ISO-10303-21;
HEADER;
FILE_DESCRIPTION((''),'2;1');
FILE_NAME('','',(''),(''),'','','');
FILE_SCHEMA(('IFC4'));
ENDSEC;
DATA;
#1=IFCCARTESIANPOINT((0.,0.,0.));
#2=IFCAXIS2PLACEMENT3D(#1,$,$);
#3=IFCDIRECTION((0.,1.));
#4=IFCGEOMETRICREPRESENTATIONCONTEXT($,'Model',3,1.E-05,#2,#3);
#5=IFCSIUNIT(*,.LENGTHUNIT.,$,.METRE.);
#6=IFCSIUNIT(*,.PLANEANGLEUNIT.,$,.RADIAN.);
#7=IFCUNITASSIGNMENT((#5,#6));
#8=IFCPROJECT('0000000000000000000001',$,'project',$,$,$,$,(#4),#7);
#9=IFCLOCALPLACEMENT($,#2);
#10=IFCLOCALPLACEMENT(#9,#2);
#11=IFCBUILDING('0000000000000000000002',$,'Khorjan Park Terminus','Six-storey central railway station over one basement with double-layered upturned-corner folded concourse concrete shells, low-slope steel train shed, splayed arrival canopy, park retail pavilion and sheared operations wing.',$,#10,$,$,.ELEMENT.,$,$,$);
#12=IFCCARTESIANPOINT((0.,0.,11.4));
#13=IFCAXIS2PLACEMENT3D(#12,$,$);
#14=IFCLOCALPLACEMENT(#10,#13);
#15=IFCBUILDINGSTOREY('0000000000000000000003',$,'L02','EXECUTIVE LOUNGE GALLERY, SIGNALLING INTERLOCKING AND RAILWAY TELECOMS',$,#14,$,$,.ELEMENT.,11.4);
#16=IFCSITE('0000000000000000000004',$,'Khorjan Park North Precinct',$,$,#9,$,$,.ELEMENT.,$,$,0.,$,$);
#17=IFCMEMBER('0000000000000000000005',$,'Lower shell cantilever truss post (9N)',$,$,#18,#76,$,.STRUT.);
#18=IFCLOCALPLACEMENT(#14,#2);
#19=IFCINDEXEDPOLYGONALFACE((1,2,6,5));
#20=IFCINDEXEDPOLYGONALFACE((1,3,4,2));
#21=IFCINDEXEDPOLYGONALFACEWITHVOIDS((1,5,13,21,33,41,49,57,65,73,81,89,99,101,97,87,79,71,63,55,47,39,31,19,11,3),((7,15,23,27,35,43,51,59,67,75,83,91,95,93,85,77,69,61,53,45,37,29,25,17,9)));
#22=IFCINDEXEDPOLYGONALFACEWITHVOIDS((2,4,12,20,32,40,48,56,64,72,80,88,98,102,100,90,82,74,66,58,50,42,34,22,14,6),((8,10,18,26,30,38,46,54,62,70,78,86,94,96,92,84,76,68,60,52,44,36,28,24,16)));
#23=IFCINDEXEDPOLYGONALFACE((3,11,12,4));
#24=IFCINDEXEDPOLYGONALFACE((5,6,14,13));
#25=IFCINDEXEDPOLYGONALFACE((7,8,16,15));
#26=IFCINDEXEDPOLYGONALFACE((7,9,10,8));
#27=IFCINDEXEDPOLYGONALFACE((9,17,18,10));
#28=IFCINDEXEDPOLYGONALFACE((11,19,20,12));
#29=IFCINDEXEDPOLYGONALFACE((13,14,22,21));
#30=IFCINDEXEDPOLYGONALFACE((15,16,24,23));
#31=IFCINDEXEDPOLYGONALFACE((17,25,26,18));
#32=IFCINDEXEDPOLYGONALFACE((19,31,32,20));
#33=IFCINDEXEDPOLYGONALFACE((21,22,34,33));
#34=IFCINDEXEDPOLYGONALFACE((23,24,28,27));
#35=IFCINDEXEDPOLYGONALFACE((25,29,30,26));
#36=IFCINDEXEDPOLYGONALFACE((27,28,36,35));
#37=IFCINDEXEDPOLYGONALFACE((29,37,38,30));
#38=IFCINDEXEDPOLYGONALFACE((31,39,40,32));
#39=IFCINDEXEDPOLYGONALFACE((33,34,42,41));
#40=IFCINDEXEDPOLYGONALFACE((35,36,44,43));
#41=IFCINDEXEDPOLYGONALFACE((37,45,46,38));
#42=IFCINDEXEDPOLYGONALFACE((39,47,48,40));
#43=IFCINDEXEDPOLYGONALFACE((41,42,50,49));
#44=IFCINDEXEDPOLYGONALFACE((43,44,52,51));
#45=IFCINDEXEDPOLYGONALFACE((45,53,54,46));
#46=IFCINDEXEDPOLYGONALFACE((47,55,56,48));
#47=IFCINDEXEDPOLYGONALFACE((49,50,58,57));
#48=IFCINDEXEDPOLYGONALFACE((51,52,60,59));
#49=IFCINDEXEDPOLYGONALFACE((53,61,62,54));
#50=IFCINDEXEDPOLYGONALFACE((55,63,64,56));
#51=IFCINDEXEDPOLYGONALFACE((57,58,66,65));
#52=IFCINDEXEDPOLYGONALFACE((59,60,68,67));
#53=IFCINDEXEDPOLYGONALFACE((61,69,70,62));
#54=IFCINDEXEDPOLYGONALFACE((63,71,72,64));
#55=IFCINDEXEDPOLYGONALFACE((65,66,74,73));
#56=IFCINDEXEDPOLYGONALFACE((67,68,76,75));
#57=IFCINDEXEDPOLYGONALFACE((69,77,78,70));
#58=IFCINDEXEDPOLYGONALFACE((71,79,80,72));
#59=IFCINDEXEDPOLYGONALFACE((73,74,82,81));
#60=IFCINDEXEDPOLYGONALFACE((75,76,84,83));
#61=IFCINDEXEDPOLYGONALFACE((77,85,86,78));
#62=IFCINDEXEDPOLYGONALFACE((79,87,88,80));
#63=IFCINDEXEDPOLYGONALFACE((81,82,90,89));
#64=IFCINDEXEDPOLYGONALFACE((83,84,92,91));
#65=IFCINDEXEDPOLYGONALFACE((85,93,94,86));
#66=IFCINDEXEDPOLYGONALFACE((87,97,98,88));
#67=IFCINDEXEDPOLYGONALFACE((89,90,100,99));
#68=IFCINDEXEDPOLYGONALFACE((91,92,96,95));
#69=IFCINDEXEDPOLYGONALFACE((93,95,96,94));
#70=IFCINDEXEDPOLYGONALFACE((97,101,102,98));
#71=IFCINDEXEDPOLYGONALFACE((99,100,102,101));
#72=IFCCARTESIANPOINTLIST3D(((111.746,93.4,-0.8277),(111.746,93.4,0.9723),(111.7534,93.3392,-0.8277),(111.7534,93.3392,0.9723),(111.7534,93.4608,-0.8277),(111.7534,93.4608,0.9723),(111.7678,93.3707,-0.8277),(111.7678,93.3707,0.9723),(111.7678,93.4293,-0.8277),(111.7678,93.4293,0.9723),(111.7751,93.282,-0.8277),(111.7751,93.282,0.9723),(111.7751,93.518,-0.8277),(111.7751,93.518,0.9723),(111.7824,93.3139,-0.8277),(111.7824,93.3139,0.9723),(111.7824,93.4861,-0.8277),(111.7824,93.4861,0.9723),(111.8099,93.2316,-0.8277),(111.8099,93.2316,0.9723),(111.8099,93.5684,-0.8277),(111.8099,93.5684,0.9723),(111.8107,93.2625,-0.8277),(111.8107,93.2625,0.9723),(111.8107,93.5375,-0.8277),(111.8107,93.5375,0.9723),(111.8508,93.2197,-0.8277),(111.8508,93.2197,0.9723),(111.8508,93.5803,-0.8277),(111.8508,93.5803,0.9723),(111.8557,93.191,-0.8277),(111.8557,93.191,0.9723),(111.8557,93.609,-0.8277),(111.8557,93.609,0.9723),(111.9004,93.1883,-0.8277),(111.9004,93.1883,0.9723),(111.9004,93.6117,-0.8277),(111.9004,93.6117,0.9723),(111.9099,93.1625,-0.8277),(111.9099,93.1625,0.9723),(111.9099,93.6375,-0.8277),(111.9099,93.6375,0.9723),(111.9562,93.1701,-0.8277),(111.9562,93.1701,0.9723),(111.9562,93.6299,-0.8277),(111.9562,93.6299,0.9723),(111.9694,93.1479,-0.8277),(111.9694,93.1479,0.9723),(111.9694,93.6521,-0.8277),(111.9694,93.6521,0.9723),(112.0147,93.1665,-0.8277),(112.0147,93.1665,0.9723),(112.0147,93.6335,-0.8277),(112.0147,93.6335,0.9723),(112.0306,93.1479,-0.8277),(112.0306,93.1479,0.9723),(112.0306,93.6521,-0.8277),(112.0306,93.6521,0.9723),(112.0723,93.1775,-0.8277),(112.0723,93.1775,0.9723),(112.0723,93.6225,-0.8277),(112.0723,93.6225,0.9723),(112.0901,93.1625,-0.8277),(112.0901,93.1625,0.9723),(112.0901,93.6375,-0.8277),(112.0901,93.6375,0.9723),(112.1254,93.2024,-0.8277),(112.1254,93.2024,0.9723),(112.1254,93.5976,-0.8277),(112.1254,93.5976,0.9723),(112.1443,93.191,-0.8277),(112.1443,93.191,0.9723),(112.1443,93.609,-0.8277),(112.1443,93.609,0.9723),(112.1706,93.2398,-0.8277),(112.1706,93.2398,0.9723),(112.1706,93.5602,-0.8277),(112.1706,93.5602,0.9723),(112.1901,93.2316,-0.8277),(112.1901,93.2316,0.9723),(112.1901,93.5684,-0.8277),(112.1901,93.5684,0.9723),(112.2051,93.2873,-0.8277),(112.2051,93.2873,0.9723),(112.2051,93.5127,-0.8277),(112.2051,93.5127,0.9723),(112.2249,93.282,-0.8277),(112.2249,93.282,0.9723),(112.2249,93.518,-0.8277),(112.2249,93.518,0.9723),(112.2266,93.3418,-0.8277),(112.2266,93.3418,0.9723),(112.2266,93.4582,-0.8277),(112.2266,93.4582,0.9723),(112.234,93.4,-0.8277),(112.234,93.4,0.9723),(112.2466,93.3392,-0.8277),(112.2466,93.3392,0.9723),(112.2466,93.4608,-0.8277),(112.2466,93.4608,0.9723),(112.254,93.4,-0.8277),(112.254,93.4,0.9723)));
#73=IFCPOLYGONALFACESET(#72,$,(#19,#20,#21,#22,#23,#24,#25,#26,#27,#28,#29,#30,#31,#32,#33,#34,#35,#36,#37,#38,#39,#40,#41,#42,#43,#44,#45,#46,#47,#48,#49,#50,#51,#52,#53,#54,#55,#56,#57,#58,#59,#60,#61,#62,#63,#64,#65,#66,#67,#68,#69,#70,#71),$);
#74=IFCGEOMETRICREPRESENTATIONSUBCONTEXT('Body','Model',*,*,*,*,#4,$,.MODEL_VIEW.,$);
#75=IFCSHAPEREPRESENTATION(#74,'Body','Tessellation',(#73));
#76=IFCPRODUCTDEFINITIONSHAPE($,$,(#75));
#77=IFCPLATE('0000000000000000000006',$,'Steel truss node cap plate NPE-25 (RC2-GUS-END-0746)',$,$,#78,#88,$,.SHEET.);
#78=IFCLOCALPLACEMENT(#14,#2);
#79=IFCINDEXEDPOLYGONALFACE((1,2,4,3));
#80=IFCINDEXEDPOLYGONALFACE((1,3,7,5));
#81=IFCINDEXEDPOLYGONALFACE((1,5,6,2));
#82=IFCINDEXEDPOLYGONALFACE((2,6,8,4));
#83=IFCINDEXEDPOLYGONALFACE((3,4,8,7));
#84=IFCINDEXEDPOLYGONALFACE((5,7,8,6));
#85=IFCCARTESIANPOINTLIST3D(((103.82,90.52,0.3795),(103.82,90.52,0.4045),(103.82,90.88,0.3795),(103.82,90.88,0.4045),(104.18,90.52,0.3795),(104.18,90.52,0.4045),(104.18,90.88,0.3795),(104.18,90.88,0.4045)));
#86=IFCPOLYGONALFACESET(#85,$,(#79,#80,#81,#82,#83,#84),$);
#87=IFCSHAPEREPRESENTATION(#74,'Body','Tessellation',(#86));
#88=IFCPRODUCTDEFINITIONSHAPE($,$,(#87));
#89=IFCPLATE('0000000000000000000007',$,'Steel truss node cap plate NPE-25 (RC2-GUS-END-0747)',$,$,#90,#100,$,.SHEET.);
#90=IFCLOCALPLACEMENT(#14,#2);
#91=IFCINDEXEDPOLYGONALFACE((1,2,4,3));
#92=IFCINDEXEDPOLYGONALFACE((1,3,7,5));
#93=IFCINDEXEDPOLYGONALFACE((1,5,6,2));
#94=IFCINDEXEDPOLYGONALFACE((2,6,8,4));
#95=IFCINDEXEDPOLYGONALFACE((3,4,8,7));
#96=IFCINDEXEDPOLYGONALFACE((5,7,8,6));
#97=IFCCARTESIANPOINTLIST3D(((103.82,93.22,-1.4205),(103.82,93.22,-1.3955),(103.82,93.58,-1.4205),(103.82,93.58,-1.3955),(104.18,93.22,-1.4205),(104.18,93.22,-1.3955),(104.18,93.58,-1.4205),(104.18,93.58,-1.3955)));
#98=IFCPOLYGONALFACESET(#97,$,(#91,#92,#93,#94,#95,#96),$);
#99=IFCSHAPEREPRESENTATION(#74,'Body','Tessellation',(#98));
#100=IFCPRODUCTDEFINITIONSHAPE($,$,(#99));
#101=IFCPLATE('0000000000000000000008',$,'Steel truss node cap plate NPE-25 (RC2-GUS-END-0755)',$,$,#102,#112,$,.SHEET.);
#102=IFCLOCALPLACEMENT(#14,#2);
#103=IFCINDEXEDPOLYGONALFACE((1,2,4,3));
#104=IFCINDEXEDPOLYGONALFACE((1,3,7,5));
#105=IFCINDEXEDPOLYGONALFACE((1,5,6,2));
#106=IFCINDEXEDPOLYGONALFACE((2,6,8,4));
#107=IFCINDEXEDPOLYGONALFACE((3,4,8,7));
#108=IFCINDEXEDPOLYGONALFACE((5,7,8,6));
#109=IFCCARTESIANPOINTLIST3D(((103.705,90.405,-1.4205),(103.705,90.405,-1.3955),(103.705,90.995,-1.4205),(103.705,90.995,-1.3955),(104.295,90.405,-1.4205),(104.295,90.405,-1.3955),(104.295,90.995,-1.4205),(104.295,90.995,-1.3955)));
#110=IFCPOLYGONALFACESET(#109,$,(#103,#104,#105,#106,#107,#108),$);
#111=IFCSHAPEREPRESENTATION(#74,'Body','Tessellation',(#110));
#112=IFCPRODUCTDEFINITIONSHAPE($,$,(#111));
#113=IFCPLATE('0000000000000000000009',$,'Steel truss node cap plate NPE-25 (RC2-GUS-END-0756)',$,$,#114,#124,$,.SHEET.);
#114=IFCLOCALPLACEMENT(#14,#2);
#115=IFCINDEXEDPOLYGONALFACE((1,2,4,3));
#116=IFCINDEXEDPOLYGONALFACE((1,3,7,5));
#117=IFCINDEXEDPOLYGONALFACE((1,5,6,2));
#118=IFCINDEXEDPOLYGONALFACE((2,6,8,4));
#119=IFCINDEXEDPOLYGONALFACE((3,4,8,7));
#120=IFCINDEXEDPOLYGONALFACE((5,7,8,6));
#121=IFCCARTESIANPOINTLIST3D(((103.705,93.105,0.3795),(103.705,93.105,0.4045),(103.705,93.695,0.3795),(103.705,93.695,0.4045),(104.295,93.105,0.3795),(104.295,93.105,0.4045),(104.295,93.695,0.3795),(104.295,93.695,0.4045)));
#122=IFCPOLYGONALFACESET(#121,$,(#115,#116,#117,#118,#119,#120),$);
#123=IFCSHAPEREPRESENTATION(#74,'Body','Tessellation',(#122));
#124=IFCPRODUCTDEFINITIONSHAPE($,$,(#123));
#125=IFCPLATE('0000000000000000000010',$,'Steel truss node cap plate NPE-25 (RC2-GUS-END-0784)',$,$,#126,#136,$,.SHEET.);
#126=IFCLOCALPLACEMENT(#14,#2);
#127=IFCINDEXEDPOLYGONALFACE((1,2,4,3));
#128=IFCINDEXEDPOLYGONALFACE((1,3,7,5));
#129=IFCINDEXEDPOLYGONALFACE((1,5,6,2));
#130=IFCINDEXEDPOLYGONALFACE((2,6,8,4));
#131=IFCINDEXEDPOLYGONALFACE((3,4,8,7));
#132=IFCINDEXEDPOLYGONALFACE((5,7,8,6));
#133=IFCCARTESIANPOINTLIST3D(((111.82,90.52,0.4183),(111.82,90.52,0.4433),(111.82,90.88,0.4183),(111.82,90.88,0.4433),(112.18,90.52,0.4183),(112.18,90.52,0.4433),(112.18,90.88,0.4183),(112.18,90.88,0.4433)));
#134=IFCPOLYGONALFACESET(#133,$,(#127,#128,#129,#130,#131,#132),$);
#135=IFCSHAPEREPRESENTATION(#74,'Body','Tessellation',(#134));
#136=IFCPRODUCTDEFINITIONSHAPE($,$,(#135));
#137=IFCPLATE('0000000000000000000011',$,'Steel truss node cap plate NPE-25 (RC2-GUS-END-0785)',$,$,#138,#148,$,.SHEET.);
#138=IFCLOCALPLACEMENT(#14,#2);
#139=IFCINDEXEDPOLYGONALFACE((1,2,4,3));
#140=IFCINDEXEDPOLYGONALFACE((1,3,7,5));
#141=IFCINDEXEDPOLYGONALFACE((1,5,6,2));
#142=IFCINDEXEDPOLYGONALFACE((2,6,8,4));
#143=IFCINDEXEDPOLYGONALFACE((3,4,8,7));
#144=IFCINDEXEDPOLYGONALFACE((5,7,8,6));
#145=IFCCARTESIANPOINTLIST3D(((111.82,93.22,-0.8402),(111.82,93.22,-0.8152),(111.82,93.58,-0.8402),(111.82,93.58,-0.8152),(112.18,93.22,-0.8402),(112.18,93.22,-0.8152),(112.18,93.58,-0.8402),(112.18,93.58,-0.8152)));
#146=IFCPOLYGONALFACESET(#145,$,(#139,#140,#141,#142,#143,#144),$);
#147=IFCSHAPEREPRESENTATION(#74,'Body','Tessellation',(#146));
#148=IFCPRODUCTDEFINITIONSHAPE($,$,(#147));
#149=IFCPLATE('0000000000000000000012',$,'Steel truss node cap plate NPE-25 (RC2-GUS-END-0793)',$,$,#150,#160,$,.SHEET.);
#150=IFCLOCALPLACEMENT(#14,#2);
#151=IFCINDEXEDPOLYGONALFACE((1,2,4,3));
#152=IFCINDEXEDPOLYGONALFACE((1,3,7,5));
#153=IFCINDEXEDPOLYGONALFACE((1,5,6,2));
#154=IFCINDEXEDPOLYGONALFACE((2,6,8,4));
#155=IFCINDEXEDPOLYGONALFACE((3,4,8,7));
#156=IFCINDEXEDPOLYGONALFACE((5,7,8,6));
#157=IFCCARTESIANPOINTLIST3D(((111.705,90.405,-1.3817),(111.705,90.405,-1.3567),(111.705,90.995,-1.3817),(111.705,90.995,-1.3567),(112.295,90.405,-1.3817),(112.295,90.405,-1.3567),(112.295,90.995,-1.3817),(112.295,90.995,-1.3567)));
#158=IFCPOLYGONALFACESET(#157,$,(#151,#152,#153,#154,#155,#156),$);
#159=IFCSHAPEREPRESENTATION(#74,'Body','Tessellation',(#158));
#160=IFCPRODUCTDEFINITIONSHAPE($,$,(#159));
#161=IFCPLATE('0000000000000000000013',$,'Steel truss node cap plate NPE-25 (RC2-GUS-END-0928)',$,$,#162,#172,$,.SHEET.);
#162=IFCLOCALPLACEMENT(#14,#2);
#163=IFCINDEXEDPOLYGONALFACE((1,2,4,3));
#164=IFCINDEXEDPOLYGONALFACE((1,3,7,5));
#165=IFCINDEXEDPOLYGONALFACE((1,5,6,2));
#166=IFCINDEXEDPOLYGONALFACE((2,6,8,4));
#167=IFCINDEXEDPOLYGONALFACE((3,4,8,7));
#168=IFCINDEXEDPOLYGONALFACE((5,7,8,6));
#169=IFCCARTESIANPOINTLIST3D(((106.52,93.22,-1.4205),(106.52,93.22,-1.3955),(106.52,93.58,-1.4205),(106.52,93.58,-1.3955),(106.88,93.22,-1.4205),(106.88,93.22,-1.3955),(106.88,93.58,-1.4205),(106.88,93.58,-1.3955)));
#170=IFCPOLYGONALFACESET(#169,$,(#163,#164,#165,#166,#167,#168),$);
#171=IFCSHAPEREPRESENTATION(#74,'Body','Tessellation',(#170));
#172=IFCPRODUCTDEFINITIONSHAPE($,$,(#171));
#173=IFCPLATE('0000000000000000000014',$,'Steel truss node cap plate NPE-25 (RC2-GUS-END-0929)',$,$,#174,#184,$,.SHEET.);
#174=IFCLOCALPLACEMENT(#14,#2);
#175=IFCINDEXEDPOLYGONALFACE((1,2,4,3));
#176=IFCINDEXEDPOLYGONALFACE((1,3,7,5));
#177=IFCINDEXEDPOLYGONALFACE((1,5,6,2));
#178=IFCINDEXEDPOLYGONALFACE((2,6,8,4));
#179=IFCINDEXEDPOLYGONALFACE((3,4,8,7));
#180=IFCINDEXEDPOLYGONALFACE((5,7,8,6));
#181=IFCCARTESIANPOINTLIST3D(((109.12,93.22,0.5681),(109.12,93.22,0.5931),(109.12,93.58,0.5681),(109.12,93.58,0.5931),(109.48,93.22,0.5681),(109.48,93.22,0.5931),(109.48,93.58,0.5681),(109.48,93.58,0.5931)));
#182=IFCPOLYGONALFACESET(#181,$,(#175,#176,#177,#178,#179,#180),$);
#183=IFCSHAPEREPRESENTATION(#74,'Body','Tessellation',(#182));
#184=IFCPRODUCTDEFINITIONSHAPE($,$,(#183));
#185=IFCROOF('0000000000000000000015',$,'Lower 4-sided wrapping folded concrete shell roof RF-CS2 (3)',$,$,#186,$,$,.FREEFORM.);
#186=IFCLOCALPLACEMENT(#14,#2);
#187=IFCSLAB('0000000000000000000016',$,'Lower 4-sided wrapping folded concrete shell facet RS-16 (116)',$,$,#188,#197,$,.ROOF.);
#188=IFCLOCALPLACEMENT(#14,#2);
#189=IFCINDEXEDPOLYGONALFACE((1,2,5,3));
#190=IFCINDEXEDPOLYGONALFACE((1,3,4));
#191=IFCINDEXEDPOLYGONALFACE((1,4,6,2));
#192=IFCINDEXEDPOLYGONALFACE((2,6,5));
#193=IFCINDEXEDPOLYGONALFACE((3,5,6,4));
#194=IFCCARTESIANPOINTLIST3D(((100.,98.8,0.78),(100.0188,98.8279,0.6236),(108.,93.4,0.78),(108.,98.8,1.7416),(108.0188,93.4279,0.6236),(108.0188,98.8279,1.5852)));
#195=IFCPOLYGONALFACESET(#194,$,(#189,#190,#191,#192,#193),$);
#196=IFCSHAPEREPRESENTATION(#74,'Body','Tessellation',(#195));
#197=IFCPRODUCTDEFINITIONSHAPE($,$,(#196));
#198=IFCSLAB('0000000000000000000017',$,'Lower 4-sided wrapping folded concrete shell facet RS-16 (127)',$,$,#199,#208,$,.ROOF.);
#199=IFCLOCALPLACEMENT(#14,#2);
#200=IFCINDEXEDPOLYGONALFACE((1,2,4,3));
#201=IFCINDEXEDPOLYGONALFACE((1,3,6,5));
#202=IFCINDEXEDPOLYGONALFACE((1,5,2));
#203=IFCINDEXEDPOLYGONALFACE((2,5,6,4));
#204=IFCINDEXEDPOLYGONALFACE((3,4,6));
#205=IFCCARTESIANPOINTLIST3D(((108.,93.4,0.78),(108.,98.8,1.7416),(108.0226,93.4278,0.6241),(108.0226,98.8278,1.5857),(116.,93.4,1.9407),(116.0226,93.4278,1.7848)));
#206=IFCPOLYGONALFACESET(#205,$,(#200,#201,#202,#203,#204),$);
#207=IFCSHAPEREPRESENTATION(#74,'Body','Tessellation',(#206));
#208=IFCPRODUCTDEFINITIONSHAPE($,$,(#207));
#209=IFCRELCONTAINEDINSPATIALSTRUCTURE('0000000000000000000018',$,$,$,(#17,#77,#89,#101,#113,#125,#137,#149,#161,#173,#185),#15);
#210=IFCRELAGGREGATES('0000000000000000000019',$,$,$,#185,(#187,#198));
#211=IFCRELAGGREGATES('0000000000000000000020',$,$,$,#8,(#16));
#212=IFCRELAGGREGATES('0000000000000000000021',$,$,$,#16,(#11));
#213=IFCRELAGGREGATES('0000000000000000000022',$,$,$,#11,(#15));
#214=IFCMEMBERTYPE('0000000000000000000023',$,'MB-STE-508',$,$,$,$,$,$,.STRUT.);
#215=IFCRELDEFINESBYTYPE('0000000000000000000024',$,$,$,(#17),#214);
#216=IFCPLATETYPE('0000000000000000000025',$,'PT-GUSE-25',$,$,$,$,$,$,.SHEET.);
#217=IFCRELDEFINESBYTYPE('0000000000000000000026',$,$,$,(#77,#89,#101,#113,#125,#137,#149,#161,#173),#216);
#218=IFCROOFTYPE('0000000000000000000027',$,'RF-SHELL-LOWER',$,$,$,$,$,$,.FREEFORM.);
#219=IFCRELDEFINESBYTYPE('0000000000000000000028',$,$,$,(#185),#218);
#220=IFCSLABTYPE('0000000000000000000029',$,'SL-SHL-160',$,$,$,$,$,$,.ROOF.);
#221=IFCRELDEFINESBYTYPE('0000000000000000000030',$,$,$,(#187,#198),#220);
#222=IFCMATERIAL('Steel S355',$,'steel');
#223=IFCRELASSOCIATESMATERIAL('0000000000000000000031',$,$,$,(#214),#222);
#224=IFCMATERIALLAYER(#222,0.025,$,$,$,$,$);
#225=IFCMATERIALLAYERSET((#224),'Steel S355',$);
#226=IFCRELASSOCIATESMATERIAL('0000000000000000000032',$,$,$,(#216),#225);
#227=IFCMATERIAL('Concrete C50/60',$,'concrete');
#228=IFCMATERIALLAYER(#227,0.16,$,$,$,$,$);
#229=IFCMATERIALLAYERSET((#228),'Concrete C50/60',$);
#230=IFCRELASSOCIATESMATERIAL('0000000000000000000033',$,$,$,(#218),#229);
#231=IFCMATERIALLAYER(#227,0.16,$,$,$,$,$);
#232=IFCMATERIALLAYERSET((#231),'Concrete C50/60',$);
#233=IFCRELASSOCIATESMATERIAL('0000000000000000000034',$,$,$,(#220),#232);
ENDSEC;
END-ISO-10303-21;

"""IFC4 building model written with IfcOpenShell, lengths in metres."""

from ifc_helpers import new_model, si_unit, direction, frame, origin, origin_2d, place, context, subcontext, project, spatial, polyline, rectangle, hollow_circle, outline, extrude, material, layer, layer_set, material_profile, profile_set, type_object, element, aggregate, save


model = new_model("IFC4")

# Units and contexts
model_context = context("Model", 3, precision=1e-05, world=origin(), true_north=direction((0.0, 1.0)))
body_context = subcontext(model_context, "Body", "Model", "MODEL_VIEW")
ifc_project = project(units=[si_unit("LENGTHUNIT", "METRE"), si_unit("PLANEANGLEUNIT", "RADIAN")], contexts=[model_context])

# Site, building, storey
site_placement = place(None, origin())
site = spatial("IfcSite", under=ifc_project, at=site_placement, Name="Khorjan Park North Precinct", CompositionType="ELEMENT", RefElevation=0.0)
building_placement = place(site_placement, origin())
building = spatial("IfcBuilding", under=site, at=building_placement, Name="Khorjan Park Terminus", Description="Six-storey central railway station over one basement with double-layered upturned-corner folded concourse concrete shells, low-slope steel train shed, splayed arrival canopy, park retail pavilion and sheared operations wing.", CompositionType="ELEMENT")
storey_placement = place(building_placement, frame((0.0, 0.0, 11.4)))
storey = spatial("IfcBuildingStorey", under=building, at=storey_placement, Name="L02", Description="EXECUTIVE LOUNGE GALLERY, SIGNALLING INTERLOCKING AND RAILWAY TELECOMS", CompositionType="ELEMENT", Elevation=11.4)

# Member
ifc_material_1 = material(Name="Steel S355", Category="steel")
ifc_material_profile_1 = material_profile(ifc_material_1, hollow_circle(Radius=0.254, WallThickness=0.02, at=origin_2d()), Name="CHS 508x20")
ifc_profile_set_1 = profile_set([ifc_material_profile_1], Name="Steel S355")
member_type_1 = type_object("IfcMemberType", Name="MB-STE-508", PredefinedType="STRUT", material=ifc_profile_set_1)
for number, where, z_axis, x_axis, name in (
    (1, (112.0, 93.4, -0.8277), (0.0, 0.0, 1.0), (1.0, 0.0, 0.0), "Lower shell cantilever truss post (9N)"),
):
    element("IfcMember", number, at=place(storey_placement, frame(where, z_axis=z_axis, x_axis=x_axis)), inside=storey, type_object=member_type_1, Name=name, PredefinedType="STRUT", context=body_context, shape_type="SweptSolid", body=[
        extrude(hollow_circle(Radius=0.254, WallThickness=0.02, at=origin_2d()), origin(), (0.0, 0.0, 1.0), 1.8),
    ])

# Plates
ifc_layer_1 = layer(ifc_material_1, 0.025)
ifc_layer_set_1 = layer_set([ifc_layer_1], Name="Steel S355")
plate_type = type_object("IfcPlateType", Name="PT-GUSE-25", PredefinedType="SHEET", material=ifc_layer_set_1)
for number, where, z_axis, x_axis, name in (
    (2, (104.0, 90.7, 0.3795), (0.0, 0.0, 1.0), (1.0, 0.0, 0.0), "Steel truss node cap plate NPE-25 (RC2-GUS-END-0746)"),
    (3, (104.0, 93.4, -1.4205), (0.0, 0.0, 1.0), (1.0, 0.0, 0.0), "Steel truss node cap plate NPE-25 (RC2-GUS-END-0747)"),
):
    element("IfcPlate", number, at=place(storey_placement, frame(where, z_axis=z_axis, x_axis=x_axis)), inside=storey, type_object=plate_type, Name=name, PredefinedType="SHEET", context=body_context, shape_type="SweptSolid", body=[
        extrude(rectangle(XDim=0.36, YDim=0.36, at=origin_2d()), origin(), (0.0, 0.0, 1.0), 0.025),
    ])
for number, where, z_axis, x_axis, name in (
    (4, (104.0, 90.7, -1.4205), (0.0, 0.0, 1.0), (1.0, 0.0, 0.0), "Steel truss node cap plate NPE-25 (RC2-GUS-END-0755)"),
    (5, (104.0, 93.4, 0.3795), (0.0, 0.0, 1.0), (1.0, 0.0, 0.0), "Steel truss node cap plate NPE-25 (RC2-GUS-END-0756)"),
):
    element("IfcPlate", number, at=place(storey_placement, frame(where, z_axis=z_axis, x_axis=x_axis)), inside=storey, type_object=plate_type, Name=name, PredefinedType="SHEET", context=body_context, shape_type="SweptSolid", body=[
        extrude(rectangle(XDim=0.59, YDim=0.59, at=origin_2d()), origin(), (0.0, 0.0, 1.0), 0.025),
    ])
for number, where, z_axis, x_axis, name in (
    (6, (112.0, 90.7, 0.4183), (0.0, 0.0, 1.0), (1.0, 0.0, 0.0), "Steel truss node cap plate NPE-25 (RC2-GUS-END-0784)"),
    (7, (112.0, 93.4, -0.8402), (0.0, 0.0, 1.0), (1.0, 0.0, 0.0), "Steel truss node cap plate NPE-25 (RC2-GUS-END-0785)"),
):
    element("IfcPlate", number, at=place(storey_placement, frame(where, z_axis=z_axis, x_axis=x_axis)), inside=storey, type_object=plate_type, Name=name, PredefinedType="SHEET", context=body_context, shape_type="SweptSolid", body=[
        extrude(rectangle(XDim=0.36, YDim=0.36, at=origin_2d()), origin(), (0.0, 0.0, 1.0), 0.025),
    ])
plate_placement = place(storey_placement, frame((112.0, 90.7, -1.3817), z_axis=(0.0, 0.0, 1.0), x_axis=(1.0, 0.0, 0.0)))
element("IfcPlate", 8, at=plate_placement, inside=storey, type_object=plate_type, Name="Steel truss node cap plate NPE-25 (RC2-GUS-END-0793)", PredefinedType="SHEET", context=body_context, shape_type="SweptSolid", body=[
    extrude(rectangle(XDim=0.59, YDim=0.59, at=origin_2d()), origin(), (0.0, 0.0, 1.0), 0.025),
])
for number, where, z_axis, x_axis, name in (
    (9, (106.7, 93.4, -1.4205), (0.0, 0.0, 1.0), (1.0, 0.0, 0.0), "Steel truss node cap plate NPE-25 (RC2-GUS-END-0928)"),
    (10, (109.3, 93.4, 0.5681), (0.0, 0.0, 1.0), (1.0, 0.0, 0.0), "Steel truss node cap plate NPE-25 (RC2-GUS-END-0929)"),
):
    element("IfcPlate", number, at=place(storey_placement, frame(where, z_axis=z_axis, x_axis=x_axis)), inside=storey, type_object=plate_type, Name=name, PredefinedType="SHEET", context=body_context, shape_type="SweptSolid", body=[
        extrude(rectangle(XDim=0.36, YDim=0.36, at=origin_2d()), origin(), (0.0, 0.0, 1.0), 0.025),
    ])

# Roof, slabs
ifc_material_2 = material(Name="Concrete C50/60", Category="concrete")
ifc_layer_2 = layer(ifc_material_2, 0.16)
ifc_layer_set_2 = layer_set([ifc_layer_2], Name="Concrete C50/60")
roof_type = type_object("IfcRoofType", Name="RF-SHELL-LOWER", PredefinedType="FREEFORM", material=ifc_layer_set_2)
roof_placement = place(storey_placement, origin())
roof = element("IfcRoof", 11, at=roof_placement, inside=storey, type_object=roof_type, Name="Lower 4-sided wrapping folded concrete shell roof RF-CS2 (3)", PredefinedType="FREEFORM")
ifc_layer_3 = layer(ifc_material_2, 0.16)
ifc_layer_set_3 = layer_set([ifc_layer_3], Name="Concrete C50/60")
slab_type = type_object("IfcSlabType", Name="SL-SHL-160", PredefinedType="ROOF", material=ifc_layer_set_3)
slab_1_placement = place(storey_placement, frame((108.0, 93.4, 0.78), z_axis=(-0.117518, -0.174101, 0.97769), x_axis=(0.0, 0.984512, 0.175316)))
slab_1 = element("IfcSlab", 12, at=slab_1_placement, type_object=slab_type, Name="Lower 4-sided wrapping folded concrete shell facet RS-16 (116)", PredefinedType="ROOF", context=body_context, shape_type="SweptSolid", body=[
    extrude(outline(polyline([(0.0, 0.0), (5.4849, 0.0), (5.3164, 8.0558), (0.0, 0.0)])), origin(), (0.0, 0.0, -1.0), 0.16),
])
slab_2_placement = place(storey_placement, frame((108.0, 93.4, 0.78), z_axis=(-0.141405, -0.173554, 0.97462), x_axis=(0.989638, 0.0, 0.143584)))
slab_2 = element("IfcSlab", 13, at=slab_2_placement, type_object=slab_type, Name="Lower 4-sided wrapping folded concrete shell facet RS-16 (127)", PredefinedType="ROOF", context=body_context, shape_type="SweptSolid", body=[
    extrude(outline(polyline([(0.0, 0.0), (8.0838, 0.0), (0.1381, 5.4832), (0.0, 0.0)])), origin(), (0.0, 0.0, -1.0), 0.16),
])
aggregate(roof, [slab_1, slab_2])

save(model, "model.ifc")
